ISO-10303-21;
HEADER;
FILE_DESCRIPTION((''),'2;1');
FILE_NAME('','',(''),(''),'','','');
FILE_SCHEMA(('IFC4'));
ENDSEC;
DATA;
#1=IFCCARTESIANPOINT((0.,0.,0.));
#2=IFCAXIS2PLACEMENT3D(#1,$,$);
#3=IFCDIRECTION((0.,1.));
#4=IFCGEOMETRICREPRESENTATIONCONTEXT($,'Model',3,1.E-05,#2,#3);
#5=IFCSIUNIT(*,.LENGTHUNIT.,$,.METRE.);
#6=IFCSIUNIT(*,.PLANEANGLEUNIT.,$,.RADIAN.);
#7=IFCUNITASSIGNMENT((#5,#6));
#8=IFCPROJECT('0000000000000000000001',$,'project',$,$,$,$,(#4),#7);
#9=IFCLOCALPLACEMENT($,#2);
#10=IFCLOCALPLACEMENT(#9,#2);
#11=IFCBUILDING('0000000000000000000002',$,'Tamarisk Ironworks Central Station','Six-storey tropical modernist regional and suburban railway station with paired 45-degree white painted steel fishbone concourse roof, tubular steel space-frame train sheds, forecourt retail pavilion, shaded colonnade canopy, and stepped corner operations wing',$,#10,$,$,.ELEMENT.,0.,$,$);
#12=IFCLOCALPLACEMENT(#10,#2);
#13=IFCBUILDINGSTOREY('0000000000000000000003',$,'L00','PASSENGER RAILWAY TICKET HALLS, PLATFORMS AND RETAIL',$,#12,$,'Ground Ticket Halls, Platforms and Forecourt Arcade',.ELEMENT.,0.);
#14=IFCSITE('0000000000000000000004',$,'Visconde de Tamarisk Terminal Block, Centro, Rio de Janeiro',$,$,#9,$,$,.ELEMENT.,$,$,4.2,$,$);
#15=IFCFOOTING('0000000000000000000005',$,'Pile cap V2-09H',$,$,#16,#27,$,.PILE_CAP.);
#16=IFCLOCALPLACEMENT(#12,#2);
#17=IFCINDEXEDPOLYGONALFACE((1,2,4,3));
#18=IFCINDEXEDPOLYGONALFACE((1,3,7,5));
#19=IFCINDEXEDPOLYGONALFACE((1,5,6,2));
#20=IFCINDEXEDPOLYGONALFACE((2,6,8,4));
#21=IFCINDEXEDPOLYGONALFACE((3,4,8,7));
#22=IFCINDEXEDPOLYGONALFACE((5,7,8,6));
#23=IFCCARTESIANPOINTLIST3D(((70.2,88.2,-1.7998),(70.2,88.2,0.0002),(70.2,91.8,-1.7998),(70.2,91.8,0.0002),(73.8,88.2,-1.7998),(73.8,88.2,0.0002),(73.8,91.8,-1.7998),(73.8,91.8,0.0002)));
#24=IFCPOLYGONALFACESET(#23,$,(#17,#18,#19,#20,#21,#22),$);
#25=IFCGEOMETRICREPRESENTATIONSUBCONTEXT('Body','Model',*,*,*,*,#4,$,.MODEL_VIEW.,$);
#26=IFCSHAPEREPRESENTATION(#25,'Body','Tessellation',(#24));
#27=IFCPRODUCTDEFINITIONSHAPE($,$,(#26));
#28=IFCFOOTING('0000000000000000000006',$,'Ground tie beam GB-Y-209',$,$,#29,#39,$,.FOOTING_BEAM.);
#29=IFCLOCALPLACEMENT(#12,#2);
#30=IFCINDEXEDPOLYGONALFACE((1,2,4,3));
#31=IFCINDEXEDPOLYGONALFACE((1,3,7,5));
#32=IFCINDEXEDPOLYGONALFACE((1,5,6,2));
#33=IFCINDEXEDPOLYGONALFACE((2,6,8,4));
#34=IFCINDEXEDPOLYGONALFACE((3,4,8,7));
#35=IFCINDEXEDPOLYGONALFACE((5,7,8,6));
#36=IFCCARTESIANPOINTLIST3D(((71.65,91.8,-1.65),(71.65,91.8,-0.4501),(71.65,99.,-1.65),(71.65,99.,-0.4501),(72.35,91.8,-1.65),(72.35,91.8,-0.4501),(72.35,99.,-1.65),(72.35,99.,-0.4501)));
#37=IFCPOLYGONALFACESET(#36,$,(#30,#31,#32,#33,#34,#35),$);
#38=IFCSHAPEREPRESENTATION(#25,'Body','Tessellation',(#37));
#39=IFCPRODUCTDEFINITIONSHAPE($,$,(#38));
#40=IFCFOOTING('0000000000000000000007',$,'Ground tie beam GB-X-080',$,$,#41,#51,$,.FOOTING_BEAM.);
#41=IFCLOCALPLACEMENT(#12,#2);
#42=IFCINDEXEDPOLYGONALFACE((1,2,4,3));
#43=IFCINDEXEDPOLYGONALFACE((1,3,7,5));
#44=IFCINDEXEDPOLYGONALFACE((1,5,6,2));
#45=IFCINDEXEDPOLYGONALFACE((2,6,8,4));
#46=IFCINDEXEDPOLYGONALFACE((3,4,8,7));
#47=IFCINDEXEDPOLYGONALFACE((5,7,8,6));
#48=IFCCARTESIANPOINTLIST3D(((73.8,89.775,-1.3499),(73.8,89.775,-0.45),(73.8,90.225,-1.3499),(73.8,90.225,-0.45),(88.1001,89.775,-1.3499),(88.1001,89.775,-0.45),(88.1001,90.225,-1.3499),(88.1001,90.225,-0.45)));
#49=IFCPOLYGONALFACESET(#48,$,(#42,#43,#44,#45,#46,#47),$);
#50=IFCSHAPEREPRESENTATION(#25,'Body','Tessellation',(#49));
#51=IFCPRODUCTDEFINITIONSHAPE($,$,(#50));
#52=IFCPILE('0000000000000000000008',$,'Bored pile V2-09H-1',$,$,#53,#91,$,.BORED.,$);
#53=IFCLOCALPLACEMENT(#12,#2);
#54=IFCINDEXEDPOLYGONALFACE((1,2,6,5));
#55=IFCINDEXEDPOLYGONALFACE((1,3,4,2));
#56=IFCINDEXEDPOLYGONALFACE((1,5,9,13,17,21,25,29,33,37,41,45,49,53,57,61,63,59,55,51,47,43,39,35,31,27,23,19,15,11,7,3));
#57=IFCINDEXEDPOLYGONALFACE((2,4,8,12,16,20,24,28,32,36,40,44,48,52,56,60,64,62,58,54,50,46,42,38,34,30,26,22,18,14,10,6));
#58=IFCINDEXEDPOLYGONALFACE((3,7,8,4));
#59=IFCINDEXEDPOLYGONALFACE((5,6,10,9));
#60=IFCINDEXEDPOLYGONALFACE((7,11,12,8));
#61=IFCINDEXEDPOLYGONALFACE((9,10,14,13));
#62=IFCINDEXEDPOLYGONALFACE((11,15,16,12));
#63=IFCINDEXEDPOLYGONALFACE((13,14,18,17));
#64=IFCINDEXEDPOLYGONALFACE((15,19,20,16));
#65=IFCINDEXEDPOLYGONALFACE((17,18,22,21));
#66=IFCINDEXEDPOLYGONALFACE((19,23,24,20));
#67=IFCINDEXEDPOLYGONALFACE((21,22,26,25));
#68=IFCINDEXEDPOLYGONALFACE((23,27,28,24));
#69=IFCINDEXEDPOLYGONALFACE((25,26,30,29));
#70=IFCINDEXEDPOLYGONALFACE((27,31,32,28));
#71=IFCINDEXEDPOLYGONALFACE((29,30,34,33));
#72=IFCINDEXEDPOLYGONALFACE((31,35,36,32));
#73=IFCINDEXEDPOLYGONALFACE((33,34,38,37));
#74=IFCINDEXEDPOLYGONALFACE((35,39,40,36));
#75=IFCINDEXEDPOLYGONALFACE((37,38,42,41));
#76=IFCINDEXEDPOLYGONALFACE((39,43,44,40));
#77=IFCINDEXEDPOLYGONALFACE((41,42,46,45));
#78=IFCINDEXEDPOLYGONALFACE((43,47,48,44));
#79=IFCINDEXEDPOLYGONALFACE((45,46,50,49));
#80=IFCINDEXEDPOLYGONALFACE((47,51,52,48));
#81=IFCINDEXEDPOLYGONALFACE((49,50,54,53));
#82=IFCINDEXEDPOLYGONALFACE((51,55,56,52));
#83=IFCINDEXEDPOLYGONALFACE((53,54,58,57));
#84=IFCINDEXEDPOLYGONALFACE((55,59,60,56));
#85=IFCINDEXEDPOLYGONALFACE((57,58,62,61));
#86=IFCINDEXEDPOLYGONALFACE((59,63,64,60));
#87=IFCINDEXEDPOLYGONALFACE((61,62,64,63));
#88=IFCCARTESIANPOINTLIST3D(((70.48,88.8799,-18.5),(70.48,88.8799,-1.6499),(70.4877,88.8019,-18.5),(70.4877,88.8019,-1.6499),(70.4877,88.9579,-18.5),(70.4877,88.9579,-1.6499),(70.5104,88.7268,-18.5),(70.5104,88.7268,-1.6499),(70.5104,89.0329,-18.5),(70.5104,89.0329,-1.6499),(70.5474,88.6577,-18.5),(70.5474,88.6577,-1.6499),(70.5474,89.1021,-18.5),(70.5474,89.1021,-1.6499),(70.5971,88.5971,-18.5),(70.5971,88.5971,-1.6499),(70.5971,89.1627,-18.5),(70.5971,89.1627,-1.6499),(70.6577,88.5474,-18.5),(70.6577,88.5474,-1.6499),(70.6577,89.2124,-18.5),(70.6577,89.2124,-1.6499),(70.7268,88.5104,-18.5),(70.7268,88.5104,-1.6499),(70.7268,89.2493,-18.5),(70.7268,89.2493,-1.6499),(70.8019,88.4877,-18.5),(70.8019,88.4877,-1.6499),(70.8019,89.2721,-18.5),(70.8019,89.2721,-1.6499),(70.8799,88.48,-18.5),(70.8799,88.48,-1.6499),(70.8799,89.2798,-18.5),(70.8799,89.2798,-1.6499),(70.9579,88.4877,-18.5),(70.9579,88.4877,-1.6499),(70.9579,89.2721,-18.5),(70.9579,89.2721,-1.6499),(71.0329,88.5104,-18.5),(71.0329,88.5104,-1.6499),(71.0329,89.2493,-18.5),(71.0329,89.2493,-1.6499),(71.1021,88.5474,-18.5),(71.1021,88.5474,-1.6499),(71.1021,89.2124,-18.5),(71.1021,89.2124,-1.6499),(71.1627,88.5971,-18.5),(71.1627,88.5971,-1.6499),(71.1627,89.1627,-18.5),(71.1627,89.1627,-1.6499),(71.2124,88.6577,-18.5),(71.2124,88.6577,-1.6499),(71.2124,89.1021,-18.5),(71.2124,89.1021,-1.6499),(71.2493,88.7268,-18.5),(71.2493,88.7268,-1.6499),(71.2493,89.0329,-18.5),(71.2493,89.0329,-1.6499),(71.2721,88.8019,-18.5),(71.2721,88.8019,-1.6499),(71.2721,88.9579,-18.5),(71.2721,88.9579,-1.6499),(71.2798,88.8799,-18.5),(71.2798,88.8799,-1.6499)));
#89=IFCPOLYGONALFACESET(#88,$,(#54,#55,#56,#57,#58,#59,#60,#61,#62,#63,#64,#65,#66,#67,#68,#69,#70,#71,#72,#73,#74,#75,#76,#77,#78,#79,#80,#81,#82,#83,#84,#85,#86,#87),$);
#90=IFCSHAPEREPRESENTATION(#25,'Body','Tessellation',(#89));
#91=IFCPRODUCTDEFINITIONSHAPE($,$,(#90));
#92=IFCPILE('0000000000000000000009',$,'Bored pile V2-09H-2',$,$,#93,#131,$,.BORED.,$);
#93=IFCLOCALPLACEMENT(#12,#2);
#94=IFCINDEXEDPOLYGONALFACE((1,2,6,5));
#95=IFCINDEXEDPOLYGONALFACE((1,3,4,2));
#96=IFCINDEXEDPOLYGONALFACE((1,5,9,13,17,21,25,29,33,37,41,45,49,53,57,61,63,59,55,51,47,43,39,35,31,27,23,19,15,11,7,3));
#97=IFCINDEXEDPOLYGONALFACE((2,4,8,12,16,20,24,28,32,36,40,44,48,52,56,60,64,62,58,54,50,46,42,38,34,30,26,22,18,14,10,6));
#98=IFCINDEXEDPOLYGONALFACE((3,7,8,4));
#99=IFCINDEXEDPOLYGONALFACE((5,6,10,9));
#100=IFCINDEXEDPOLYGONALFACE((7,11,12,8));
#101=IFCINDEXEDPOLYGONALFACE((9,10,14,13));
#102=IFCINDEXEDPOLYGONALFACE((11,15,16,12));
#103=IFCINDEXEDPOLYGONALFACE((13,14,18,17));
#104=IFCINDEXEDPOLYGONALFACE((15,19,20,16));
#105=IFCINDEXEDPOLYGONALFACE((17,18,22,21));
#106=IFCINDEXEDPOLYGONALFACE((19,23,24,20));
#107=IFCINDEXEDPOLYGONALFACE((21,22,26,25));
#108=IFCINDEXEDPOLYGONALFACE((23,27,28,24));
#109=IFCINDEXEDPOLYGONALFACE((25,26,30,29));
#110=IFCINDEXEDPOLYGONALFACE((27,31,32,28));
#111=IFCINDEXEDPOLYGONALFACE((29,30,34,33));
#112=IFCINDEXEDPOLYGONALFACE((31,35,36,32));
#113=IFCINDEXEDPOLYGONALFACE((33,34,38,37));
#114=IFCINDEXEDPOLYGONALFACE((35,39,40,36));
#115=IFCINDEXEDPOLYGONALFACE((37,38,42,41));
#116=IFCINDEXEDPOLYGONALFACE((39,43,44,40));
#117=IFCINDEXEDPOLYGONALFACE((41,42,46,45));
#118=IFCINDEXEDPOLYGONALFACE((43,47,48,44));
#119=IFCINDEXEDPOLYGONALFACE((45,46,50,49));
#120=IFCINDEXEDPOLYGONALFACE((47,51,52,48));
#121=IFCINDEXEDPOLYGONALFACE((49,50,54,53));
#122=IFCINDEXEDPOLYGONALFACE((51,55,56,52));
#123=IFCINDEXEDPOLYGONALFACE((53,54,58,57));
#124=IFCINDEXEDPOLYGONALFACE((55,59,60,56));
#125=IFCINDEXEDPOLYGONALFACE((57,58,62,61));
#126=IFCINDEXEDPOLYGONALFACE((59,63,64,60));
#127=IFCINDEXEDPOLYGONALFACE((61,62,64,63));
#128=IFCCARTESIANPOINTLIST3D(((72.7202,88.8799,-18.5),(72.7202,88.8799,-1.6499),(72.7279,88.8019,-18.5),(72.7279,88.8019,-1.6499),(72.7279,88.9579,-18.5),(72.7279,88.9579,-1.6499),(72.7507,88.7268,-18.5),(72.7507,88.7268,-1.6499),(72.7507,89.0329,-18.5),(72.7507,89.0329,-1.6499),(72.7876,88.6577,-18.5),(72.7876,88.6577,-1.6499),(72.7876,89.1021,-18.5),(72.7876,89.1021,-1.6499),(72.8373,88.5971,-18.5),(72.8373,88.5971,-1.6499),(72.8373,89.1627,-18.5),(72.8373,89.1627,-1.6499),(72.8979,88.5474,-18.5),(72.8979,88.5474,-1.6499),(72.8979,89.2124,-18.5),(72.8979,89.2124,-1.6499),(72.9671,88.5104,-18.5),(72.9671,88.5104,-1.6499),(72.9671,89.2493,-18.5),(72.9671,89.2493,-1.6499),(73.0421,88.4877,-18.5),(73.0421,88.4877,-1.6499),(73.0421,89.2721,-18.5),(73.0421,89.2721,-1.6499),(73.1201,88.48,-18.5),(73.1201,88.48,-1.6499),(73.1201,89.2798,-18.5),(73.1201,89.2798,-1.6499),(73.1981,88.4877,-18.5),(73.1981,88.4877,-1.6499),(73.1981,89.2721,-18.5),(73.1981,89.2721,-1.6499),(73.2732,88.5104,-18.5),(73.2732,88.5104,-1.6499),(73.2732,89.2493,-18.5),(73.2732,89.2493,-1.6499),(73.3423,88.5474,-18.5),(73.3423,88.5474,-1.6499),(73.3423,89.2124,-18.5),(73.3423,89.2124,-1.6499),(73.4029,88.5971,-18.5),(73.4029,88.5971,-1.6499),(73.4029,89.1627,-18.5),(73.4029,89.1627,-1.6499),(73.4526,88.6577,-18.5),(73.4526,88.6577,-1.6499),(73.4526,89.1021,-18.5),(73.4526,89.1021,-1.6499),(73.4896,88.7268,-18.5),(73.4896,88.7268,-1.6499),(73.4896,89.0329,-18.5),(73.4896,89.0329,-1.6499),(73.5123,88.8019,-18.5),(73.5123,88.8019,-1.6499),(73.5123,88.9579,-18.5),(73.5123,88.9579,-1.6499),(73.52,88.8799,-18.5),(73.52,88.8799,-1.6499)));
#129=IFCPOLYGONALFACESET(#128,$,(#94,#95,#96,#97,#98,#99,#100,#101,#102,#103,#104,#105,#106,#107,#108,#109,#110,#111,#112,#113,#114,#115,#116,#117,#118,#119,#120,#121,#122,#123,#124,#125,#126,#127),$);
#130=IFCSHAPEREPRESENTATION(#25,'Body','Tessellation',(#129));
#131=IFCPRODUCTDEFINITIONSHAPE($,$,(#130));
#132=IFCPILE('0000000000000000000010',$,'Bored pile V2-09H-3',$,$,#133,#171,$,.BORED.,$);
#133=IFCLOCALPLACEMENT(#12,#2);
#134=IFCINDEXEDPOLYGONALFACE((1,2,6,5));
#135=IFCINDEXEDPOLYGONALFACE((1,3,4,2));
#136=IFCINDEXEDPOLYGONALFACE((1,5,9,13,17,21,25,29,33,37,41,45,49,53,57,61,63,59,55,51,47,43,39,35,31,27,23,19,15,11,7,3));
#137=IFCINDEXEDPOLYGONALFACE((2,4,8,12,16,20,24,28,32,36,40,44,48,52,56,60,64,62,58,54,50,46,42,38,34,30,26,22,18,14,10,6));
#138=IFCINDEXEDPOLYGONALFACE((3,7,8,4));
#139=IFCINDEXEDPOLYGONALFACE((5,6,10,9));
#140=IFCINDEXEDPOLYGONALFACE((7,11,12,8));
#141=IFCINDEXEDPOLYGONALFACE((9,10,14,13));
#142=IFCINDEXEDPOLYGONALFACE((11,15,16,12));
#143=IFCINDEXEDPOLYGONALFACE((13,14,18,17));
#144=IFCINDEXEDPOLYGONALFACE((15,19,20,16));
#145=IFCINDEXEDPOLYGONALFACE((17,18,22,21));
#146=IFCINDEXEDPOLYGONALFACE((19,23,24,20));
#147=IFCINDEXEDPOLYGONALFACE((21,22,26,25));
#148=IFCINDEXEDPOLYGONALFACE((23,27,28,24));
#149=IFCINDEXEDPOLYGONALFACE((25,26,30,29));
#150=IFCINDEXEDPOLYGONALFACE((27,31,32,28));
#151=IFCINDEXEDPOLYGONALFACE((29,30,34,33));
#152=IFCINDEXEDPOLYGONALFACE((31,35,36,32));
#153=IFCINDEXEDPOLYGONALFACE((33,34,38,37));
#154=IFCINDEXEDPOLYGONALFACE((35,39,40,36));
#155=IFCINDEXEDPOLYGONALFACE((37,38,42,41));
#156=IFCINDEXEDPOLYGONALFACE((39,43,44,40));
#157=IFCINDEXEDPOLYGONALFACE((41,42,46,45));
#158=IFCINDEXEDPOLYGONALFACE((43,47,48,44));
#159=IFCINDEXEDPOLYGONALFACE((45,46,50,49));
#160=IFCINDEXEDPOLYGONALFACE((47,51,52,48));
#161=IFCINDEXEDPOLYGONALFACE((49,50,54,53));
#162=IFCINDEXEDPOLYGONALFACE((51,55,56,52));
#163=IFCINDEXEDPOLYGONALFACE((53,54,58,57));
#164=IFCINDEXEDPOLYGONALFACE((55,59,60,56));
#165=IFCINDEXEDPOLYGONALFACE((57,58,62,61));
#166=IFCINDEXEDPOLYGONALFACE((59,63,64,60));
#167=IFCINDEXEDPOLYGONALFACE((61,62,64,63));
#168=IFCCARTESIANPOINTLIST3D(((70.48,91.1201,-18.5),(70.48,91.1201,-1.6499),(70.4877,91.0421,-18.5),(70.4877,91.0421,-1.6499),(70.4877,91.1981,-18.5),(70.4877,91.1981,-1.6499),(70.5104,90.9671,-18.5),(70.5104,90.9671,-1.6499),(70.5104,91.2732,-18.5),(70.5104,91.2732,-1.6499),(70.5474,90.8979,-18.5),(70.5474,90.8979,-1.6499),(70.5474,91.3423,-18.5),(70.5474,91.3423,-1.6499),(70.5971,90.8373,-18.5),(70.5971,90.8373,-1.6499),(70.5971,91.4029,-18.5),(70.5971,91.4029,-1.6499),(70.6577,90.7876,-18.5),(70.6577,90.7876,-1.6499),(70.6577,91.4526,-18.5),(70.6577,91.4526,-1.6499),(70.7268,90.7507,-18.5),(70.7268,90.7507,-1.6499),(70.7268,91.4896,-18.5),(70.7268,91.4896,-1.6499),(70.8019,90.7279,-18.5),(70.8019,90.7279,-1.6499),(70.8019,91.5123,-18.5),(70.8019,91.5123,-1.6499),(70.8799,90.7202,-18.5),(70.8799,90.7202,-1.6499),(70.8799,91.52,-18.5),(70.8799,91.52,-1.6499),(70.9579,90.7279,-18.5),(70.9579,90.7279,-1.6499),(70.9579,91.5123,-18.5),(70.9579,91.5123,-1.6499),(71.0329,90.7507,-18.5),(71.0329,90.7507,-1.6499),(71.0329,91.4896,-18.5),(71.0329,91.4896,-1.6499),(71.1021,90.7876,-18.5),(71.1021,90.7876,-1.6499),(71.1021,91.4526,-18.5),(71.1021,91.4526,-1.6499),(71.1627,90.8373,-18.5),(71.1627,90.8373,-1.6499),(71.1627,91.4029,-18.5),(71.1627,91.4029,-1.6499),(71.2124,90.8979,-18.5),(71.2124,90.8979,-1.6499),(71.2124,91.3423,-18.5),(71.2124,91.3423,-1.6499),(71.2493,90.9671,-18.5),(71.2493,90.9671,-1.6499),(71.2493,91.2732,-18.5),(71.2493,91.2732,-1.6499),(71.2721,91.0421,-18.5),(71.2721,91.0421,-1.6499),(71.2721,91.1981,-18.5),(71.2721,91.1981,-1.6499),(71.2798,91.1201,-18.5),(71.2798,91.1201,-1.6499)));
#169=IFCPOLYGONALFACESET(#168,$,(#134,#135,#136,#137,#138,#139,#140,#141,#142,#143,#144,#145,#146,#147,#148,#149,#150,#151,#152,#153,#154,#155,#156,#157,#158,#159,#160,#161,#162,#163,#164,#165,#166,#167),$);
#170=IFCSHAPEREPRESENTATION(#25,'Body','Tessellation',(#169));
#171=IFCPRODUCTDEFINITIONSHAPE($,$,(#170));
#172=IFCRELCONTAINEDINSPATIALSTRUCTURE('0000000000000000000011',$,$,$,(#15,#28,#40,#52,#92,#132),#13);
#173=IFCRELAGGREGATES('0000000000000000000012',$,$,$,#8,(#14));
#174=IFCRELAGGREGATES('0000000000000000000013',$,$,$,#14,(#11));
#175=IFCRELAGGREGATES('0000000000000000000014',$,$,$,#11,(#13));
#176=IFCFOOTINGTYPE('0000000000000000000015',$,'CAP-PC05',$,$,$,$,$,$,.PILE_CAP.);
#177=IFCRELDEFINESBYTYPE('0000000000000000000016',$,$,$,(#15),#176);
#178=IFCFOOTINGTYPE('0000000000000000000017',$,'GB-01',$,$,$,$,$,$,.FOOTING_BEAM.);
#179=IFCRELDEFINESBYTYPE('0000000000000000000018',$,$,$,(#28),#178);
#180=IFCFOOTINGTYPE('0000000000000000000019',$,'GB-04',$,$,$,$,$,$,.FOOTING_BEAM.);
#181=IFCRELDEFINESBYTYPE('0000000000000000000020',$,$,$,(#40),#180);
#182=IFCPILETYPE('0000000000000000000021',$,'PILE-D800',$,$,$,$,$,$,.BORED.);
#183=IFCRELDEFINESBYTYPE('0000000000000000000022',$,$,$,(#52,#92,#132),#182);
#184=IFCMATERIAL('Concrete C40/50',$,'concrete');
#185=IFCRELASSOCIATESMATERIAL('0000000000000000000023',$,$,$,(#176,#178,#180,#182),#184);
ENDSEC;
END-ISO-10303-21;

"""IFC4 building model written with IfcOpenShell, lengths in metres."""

from ifc_helpers import new_model, si_unit, direction, frame, origin, origin_2d, place, context, subcontext, project, spatial, rectangle, circle, extrude, material, material_profile, profile_set, type_object, element, save


model = new_model("IFC4")

# Units and contexts
model_context = context("Model", 3, precision=1e-05, world=origin(), true_north=direction((0.0, 1.0)))
body_context = subcontext(model_context, "Body", "Model", "MODEL_VIEW")
ifc_project = project(units=[si_unit("LENGTHUNIT", "METRE"), si_unit("PLANEANGLEUNIT", "RADIAN")], contexts=[model_context])

# Site, building, storey
site_placement = place(None, origin())
site = spatial("IfcSite", under=ifc_project, at=site_placement, Name="Visconde de Tamarisk Terminal Block, Centro, Rio de Janeiro", CompositionType="ELEMENT", RefElevation=4.2)
building_placement = place(site_placement, origin())
building = spatial("IfcBuilding", under=site, at=building_placement, Name="Tamarisk Ironworks Central Station", Description="Six-storey tropical modernist regional and suburban railway station with paired 45-degree white painted steel fishbone concourse roof, tubular steel space-frame train sheds, forecourt retail pavilion, shaded colonnade canopy, and stepped corner operations wing", CompositionType="ELEMENT", ElevationOfRefHeight=0.0)
storey_placement = place(building_placement, origin())
storey = spatial("IfcBuildingStorey", under=building, at=storey_placement, Name="L00", Description="PASSENGER RAILWAY TICKET HALLS, PLATFORMS AND RETAIL", LongName="Ground Ticket Halls, Platforms and Forecourt Arcade", CompositionType="ELEMENT", Elevation=0.0)

# Footings
ifc_material_1 = material(Name="Concrete C40/50", Category="concrete")
footing_type_1 = type_object("IfcFootingType", Name="CAP-PC05", PredefinedType="PILE_CAP", material=ifc_material_1)
footing_1_placement = place(storey_placement, frame((72.0, 90.0, -1.7998), z_axis=(0.0, 0.0, 1.0), x_axis=(1.0, 0.0, 0.0)))
element("IfcFooting", 1, at=footing_1_placement, inside=storey, type_object=footing_type_1, Name="Pile cap V2-09H", PredefinedType="PILE_CAP", context=body_context, shape_type="SweptSolid", body=[
    extrude(rectangle(XDim=3.6001, YDim=3.6001, at=origin_2d()), origin(), (0.0, 0.0, 1.0), 1.8),
])
ifc_material_profile_1 = material_profile(ifc_material_1, rectangle(XDim=0.7, YDim=1.2, at=origin_2d()), Name="GB01 700x1200")
ifc_profile_set_1 = profile_set([ifc_material_profile_1], Name="Concrete C40/50")
footing_type_2 = type_object("IfcFootingType", Name="GB-01", PredefinedType="FOOTING_BEAM", material=ifc_profile_set_1)
footing_2_placement = place(storey_placement, frame((72.0, 91.8, -1.05), z_axis=(0.0, 1.0, 0.0), x_axis=(-1.0, 0.0, 0.0)))
element("IfcFooting", 2, at=footing_2_placement, inside=storey, type_object=footing_type_2, Name="Ground tie beam GB-Y-209", PredefinedType="FOOTING_BEAM", context=body_context, shape_type="SweptSolid", body=[
    extrude(rectangle(XDim=0.7, YDim=1.2, at=origin_2d()), origin(), (0.0, 0.0, 1.0), 7.2),
])
ifc_material_profile_2 = material_profile(ifc_material_1, rectangle(XDim=0.45, YDim=0.8999, at=origin_2d()), Name="GB04 450x900")
ifc_profile_set_2 = profile_set([ifc_material_profile_2], Name="Concrete C40/50")
footing_type_3 = type_object("IfcFootingType", Name="GB-04", PredefinedType="FOOTING_BEAM", material=ifc_profile_set_2)
footing_3_placement = place(storey_placement, frame((73.8, 90.0, -0.8999), z_axis=(1.0, 0.0, 0.0), x_axis=(0.0, 1.0, 0.0)))
element("IfcFooting", 3, at=footing_3_placement, inside=storey, type_object=footing_type_3, Name="Ground tie beam GB-X-080", PredefinedType="FOOTING_BEAM", context=body_context, shape_type="SweptSolid", body=[
    extrude(rectangle(XDim=0.45, YDim=0.8999, at=origin_2d()), origin(), (0.0, 0.0, 1.0), 14.3),
])

# Piles
ifc_material_profile_3 = material_profile(ifc_material_1, circle(Radius=0.3999, at=origin_2d()), Name="BORED PILE D800")
ifc_profile_set_3 = profile_set([ifc_material_profile_3], Name="Concrete C40/50")
pile_type = type_object("IfcPileType", Name="PILE-D800", PredefinedType="BORED", material=ifc_profile_set_3)
for number, where, z_axis, x_axis, name in (
    (4, (70.8799, 88.8799, -1.6499), (0.0, 0.0, -1.0), (1.0, 0.0, 0.0), "Bored pile V2-09H-1"),
    (5, (73.1201, 88.8799, -1.6499), (0.0, 0.0, -1.0), (1.0, 0.0, 0.0), "Bored pile V2-09H-2"),
    (6, (70.8799, 91.1201, -1.6499), (0.0, 0.0, -1.0), (1.0, 0.0, 0.0), "Bored pile V2-09H-3"),
):
    element("IfcPile", number, at=place(storey_placement, frame(where, z_axis=z_axis, x_axis=x_axis)), inside=storey, type_object=pile_type, Name=name, PredefinedType="BORED", context=body_context, shape_type="SweptSolid", body=[
        extrude(circle(Radius=0.3999, at=origin_2d()), origin(), (0.0, 0.0, 1.0), 16.8501),
    ])

save(model, "model.ifc")
